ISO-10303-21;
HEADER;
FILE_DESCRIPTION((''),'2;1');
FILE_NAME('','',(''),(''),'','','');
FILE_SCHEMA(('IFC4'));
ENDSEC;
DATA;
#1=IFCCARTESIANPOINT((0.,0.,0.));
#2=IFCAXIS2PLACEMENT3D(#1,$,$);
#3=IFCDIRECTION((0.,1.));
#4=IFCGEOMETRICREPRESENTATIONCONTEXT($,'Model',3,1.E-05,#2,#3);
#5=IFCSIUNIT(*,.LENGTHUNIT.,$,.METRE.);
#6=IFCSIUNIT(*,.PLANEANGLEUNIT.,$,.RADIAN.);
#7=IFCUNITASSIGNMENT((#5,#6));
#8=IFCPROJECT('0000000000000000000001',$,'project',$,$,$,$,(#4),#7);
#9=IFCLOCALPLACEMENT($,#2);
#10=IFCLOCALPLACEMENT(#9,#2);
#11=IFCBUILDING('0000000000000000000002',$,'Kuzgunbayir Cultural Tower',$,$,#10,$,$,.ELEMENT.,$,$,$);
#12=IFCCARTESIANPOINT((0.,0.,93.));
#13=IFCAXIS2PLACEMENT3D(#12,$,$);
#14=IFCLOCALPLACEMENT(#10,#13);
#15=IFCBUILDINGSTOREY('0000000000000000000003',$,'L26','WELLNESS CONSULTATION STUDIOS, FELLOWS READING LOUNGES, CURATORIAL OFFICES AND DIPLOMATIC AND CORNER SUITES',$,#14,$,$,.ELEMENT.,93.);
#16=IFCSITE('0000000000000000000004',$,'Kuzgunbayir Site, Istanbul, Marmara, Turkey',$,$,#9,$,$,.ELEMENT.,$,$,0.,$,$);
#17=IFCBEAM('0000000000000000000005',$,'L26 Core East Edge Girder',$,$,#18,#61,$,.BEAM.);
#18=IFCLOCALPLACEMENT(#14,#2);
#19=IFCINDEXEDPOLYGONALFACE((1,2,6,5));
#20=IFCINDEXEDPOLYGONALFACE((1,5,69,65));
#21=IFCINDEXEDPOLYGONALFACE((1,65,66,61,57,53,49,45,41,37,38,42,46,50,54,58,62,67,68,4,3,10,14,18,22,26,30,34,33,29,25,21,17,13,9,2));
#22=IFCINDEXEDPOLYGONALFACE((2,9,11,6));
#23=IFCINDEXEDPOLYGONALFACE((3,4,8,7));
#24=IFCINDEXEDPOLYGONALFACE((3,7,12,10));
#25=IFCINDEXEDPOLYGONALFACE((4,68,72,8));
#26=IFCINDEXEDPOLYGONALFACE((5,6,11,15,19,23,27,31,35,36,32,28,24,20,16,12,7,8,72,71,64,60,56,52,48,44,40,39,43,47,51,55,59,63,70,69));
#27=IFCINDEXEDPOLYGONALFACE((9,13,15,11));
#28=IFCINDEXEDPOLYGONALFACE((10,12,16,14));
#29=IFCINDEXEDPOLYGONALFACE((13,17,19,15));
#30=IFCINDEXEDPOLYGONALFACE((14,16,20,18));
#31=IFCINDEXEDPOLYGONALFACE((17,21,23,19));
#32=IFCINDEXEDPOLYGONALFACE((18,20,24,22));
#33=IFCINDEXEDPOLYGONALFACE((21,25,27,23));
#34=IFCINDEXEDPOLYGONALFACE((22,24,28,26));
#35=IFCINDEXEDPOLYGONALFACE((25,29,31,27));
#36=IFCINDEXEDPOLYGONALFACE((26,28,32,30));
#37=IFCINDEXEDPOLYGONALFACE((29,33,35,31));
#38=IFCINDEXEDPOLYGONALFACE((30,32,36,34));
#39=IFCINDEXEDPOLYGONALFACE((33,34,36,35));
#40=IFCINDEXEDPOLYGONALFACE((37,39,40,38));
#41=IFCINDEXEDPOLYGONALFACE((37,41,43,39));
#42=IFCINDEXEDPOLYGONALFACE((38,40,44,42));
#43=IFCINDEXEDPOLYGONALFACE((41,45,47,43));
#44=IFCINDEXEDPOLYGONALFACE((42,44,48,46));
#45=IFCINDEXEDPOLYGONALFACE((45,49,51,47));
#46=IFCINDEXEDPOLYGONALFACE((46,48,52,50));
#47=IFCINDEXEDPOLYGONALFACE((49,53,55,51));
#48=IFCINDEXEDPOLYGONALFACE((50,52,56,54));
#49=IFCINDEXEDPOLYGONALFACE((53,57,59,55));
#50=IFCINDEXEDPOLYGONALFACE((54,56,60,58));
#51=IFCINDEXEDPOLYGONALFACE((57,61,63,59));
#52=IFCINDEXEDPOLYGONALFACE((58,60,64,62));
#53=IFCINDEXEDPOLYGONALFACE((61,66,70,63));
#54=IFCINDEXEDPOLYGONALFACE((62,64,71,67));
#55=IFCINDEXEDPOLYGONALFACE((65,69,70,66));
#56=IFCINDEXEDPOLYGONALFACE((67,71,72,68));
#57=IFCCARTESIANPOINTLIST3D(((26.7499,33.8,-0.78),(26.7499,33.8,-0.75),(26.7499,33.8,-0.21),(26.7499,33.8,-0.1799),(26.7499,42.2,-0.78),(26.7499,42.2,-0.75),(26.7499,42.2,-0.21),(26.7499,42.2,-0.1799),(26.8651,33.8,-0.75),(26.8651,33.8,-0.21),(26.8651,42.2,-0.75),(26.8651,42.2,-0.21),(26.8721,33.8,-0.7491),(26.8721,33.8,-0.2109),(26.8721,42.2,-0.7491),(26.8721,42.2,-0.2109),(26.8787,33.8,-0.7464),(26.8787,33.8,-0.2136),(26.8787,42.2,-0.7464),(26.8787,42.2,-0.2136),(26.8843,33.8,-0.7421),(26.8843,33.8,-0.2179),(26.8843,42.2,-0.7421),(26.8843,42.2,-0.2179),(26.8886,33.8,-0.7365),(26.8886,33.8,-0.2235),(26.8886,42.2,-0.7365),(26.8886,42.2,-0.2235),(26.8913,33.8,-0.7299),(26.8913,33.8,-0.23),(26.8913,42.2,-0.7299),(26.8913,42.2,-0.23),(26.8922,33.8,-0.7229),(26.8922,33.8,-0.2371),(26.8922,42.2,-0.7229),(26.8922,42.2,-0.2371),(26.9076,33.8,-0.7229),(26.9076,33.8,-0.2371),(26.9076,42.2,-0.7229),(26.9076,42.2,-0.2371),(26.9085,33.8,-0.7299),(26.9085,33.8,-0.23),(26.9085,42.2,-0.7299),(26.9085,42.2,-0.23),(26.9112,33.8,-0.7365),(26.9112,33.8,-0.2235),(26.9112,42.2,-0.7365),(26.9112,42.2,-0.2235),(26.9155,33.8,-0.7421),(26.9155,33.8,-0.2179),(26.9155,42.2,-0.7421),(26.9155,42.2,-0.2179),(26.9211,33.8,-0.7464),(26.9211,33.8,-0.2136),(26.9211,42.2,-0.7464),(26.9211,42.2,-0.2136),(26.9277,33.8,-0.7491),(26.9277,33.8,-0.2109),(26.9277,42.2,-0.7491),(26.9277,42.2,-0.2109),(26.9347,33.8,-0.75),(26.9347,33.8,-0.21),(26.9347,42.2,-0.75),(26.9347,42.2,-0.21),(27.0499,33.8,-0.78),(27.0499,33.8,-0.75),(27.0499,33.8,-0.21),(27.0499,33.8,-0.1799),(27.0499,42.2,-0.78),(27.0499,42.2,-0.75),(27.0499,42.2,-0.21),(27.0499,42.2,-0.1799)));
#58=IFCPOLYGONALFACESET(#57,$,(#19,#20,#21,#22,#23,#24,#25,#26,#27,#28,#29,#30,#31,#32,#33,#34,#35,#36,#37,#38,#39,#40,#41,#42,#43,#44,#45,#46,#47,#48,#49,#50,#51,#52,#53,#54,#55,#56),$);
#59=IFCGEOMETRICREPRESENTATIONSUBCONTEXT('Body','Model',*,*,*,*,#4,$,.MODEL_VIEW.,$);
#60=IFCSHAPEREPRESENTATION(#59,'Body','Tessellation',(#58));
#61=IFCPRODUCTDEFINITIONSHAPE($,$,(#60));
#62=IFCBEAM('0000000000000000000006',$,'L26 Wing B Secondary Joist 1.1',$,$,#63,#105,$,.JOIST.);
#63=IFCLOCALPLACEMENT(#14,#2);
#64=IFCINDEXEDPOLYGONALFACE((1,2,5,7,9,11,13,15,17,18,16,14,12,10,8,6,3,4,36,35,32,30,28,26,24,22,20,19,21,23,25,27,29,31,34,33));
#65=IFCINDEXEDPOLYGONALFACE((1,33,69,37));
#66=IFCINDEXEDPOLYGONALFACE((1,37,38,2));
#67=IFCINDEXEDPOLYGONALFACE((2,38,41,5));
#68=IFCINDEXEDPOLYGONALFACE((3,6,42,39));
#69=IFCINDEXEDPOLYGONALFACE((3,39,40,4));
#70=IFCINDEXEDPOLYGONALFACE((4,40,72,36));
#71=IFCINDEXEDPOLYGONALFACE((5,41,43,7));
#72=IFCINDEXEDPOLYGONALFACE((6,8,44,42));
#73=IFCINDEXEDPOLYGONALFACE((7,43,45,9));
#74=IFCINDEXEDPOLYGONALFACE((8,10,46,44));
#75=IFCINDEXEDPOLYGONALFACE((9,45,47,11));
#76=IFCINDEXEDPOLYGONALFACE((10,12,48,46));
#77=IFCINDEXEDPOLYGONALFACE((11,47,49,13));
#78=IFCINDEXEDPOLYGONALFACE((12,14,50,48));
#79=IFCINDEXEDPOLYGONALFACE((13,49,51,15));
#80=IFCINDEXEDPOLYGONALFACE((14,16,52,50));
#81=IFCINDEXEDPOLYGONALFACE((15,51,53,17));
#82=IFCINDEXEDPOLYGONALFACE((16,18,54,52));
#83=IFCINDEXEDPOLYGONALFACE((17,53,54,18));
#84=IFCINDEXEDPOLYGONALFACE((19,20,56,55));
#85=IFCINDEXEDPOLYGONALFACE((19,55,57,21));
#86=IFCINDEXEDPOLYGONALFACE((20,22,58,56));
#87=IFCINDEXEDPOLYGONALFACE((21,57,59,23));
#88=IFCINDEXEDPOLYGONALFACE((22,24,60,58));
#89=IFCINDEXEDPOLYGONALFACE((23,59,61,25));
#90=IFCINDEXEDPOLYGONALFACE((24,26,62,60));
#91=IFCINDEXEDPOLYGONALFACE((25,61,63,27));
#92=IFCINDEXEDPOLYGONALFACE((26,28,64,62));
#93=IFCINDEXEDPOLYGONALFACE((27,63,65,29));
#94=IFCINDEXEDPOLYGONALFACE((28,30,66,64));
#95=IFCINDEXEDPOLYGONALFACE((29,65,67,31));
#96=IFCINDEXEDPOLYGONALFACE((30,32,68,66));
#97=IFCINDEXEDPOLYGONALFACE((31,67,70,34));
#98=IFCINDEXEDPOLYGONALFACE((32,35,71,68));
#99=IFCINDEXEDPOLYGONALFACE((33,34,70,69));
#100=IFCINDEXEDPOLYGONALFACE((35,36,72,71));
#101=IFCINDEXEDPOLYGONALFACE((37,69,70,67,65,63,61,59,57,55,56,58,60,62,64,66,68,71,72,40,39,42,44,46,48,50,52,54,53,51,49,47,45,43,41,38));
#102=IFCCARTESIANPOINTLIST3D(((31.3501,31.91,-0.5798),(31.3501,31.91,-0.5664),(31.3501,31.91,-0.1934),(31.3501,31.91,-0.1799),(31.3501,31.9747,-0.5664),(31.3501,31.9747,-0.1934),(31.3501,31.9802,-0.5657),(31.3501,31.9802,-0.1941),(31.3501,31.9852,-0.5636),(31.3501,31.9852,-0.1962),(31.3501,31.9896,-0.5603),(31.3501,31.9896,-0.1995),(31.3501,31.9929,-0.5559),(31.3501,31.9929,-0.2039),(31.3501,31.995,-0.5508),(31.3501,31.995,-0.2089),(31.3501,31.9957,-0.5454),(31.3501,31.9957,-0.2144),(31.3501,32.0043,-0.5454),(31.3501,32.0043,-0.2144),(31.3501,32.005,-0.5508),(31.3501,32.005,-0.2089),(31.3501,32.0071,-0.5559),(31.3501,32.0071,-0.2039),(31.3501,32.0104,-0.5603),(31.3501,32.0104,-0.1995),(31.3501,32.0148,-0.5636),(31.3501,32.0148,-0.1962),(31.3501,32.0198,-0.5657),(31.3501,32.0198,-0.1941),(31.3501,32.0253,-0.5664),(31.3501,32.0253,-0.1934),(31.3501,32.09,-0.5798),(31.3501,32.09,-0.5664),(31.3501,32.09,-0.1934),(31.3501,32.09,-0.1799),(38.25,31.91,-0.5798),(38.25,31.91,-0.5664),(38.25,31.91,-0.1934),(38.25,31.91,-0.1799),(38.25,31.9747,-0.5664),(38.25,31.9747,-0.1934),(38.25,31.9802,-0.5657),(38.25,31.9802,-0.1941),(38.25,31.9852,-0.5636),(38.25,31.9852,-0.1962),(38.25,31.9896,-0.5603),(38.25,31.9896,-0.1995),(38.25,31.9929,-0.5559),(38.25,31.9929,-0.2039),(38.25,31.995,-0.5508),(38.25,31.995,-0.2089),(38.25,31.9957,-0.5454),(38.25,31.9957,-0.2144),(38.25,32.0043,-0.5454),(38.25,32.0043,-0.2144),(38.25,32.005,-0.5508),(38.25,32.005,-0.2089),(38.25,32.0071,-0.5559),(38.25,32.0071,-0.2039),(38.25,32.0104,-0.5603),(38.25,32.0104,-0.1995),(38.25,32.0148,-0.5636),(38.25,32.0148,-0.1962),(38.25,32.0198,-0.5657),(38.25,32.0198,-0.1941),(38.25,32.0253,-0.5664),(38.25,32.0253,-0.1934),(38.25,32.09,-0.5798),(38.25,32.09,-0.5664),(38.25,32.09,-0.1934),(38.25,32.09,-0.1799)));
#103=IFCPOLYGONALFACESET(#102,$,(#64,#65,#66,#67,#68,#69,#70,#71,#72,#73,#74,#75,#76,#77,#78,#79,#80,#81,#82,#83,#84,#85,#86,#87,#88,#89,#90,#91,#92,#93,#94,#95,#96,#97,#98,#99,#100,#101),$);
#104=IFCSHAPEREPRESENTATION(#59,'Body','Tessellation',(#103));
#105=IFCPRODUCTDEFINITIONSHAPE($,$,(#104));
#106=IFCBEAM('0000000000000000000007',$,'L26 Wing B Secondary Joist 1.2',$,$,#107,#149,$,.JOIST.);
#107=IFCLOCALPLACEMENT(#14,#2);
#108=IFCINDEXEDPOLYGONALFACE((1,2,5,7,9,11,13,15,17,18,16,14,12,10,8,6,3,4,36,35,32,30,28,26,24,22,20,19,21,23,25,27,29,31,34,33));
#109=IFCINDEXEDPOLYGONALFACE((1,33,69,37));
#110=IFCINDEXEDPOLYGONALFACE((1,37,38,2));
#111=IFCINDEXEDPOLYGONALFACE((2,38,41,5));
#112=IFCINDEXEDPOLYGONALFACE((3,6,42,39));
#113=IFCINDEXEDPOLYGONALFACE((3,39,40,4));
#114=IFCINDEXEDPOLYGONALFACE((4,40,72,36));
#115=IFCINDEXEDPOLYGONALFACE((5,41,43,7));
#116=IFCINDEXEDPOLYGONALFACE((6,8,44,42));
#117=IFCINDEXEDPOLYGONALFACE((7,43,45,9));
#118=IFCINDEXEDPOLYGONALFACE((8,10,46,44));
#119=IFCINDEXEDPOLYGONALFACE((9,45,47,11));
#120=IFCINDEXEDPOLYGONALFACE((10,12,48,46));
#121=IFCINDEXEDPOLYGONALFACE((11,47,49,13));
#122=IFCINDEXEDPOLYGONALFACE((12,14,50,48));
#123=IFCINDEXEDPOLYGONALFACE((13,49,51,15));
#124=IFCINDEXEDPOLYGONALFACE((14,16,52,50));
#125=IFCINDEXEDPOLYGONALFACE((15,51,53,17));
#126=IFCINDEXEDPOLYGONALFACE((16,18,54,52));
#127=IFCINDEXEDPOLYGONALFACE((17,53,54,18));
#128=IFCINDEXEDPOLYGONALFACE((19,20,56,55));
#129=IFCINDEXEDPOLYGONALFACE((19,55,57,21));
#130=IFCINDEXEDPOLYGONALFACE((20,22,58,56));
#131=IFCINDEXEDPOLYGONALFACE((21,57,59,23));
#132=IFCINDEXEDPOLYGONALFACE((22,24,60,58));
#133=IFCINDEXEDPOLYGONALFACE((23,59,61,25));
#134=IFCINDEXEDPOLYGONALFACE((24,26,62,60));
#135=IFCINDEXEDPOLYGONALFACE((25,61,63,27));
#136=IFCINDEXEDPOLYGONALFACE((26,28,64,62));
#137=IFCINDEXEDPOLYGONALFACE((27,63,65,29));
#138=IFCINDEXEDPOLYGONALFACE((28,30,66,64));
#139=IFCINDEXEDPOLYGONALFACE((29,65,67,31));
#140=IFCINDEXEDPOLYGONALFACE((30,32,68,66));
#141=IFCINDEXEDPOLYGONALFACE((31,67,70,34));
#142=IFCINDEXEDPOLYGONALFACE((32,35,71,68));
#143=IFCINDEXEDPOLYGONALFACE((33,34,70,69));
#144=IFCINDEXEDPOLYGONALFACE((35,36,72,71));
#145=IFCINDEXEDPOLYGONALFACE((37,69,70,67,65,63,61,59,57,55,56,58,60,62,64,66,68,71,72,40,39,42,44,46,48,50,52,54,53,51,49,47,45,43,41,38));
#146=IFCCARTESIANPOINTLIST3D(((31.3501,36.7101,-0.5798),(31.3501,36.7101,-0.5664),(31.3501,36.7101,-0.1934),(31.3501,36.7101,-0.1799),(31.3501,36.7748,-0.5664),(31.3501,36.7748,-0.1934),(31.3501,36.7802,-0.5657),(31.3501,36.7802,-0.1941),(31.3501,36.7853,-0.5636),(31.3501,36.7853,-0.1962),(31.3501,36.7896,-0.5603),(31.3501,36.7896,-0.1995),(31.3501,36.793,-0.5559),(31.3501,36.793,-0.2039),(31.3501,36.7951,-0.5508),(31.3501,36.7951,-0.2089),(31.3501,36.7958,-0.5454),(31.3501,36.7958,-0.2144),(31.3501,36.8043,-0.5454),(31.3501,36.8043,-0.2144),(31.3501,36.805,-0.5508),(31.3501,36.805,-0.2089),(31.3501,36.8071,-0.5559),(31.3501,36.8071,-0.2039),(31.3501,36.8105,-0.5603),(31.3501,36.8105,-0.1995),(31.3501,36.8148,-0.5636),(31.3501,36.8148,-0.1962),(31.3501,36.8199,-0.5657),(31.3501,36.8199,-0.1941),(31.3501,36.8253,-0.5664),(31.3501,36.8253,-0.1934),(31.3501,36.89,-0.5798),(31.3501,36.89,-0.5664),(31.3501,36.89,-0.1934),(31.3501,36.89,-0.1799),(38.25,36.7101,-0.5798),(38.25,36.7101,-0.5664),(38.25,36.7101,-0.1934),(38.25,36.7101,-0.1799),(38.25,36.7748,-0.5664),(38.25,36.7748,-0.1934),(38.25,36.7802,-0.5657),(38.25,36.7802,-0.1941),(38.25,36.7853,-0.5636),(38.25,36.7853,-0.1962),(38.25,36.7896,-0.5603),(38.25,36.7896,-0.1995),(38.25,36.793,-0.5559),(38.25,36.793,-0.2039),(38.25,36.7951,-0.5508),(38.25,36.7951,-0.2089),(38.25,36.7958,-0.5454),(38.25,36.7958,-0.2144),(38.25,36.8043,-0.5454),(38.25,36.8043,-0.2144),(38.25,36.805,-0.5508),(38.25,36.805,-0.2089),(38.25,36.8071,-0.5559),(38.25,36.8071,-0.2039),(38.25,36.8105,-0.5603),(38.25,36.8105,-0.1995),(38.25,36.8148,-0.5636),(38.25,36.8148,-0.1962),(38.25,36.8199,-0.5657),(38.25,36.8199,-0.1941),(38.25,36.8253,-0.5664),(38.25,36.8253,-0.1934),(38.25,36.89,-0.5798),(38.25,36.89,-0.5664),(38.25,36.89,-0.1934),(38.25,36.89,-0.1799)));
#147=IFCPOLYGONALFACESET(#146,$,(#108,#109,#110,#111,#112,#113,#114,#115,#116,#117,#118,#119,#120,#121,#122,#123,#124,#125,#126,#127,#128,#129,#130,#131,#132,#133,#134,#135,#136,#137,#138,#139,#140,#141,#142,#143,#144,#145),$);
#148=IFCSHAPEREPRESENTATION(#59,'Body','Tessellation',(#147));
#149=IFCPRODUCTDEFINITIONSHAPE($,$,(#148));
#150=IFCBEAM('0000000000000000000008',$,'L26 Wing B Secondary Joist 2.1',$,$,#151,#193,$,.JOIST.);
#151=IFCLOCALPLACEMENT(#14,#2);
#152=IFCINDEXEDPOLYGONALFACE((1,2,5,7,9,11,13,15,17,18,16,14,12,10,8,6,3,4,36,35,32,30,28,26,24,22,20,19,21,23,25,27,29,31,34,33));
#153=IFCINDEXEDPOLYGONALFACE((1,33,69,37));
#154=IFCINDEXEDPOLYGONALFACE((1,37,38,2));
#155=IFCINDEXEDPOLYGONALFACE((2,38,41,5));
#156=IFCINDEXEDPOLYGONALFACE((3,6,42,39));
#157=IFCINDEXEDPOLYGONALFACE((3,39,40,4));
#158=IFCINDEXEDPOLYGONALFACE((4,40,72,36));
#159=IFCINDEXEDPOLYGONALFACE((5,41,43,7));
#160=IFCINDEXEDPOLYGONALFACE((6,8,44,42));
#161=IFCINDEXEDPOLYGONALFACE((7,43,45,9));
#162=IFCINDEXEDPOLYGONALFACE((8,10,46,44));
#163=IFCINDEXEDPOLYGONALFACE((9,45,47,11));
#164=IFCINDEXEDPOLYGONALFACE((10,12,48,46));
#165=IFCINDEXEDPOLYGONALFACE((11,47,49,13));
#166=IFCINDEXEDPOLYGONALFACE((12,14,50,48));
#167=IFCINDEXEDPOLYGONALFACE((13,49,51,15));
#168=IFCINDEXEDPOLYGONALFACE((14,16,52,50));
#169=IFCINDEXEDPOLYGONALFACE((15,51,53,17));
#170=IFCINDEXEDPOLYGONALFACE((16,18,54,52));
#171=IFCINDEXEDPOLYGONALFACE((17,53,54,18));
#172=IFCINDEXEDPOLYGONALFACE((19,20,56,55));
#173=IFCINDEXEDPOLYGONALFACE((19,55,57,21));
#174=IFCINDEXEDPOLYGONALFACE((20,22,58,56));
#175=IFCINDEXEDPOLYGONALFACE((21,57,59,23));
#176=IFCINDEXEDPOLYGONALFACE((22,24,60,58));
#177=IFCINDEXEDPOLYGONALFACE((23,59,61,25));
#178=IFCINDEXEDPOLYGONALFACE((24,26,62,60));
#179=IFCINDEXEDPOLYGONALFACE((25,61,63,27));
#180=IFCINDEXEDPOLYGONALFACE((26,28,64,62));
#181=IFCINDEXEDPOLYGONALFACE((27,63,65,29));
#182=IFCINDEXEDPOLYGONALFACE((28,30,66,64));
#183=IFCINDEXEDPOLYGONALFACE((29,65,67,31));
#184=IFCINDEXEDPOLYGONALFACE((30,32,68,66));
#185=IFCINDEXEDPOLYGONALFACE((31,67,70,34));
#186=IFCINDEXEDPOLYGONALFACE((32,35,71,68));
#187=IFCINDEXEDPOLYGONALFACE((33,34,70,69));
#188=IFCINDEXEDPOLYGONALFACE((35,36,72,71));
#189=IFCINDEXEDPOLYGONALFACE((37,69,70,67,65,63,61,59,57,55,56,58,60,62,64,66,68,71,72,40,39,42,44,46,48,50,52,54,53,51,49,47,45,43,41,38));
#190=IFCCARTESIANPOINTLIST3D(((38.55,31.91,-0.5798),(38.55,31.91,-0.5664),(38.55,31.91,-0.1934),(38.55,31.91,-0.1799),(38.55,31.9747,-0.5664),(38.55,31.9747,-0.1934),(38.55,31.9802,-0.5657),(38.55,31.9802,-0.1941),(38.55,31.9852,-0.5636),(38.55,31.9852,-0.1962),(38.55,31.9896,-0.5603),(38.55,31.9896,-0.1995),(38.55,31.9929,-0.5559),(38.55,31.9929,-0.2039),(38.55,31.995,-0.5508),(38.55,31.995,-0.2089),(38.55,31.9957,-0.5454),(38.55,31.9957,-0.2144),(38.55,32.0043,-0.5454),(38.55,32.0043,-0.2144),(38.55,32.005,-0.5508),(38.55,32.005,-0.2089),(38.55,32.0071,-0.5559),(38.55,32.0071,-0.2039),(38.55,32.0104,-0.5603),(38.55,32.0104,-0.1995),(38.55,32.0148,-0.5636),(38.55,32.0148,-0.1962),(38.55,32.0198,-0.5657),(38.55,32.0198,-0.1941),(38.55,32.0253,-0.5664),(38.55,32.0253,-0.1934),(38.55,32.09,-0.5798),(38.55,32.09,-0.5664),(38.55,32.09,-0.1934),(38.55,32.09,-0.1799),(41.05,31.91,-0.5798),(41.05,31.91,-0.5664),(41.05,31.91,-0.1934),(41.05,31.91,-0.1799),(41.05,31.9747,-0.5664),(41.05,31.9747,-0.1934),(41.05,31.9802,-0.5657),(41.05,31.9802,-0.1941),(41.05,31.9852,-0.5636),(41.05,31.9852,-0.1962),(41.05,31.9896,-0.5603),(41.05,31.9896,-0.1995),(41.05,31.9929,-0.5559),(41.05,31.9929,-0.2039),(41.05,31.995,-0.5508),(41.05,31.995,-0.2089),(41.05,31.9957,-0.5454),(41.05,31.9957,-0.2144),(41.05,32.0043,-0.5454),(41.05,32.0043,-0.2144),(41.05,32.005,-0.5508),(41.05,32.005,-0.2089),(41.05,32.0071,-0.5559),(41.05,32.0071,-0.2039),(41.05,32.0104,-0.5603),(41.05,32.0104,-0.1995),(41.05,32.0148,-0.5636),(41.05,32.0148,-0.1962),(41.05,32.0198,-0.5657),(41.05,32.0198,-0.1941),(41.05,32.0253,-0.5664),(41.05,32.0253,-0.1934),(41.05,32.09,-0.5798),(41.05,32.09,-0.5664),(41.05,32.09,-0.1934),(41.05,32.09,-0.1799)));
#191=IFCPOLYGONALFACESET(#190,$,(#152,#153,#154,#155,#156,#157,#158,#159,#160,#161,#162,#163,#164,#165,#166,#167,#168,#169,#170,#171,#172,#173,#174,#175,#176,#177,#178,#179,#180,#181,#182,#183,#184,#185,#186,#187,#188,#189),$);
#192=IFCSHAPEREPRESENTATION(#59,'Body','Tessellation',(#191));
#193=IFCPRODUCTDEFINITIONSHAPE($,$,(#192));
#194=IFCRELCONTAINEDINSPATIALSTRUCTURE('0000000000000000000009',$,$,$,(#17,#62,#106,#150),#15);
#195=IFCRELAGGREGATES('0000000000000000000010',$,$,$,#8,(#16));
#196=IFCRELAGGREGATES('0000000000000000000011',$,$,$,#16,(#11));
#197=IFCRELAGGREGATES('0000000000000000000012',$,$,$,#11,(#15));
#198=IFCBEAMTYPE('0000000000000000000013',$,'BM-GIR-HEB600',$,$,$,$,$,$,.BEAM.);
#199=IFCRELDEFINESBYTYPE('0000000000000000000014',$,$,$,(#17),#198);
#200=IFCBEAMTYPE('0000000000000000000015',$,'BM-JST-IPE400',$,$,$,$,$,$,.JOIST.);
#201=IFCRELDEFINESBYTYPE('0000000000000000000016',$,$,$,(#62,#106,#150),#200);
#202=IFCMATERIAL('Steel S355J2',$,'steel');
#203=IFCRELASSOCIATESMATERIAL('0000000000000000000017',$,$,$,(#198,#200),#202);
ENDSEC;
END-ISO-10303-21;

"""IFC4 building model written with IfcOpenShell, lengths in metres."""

from ifc_helpers import new_model, si_unit, direction, frame, origin, origin_2d, place, context, subcontext, project, spatial, i_section, extrude, material, material_profile, profile_set, type_object, element, save


model = new_model("IFC4")

# Units and contexts
model_context = context("Model", 3, precision=1e-05, world=origin(), true_north=direction((0.0, 1.0)))
body_context = subcontext(model_context, "Body", "Model", "MODEL_VIEW")
ifc_project = project(units=[si_unit("LENGTHUNIT", "METRE"), si_unit("PLANEANGLEUNIT", "RADIAN")], contexts=[model_context])

# Site, building, storey
site_placement = place(None, origin())
site = spatial("IfcSite", under=ifc_project, at=site_placement, Name="Kuzgunbayir Site, Istanbul, Marmara, Turkey", CompositionType="ELEMENT", RefElevation=0.0)
building_placement = place(site_placement, origin())
building = spatial("IfcBuilding", under=site, at=building_placement, Name="Kuzgunbayir Cultural Tower", CompositionType="ELEMENT")
storey_placement = place(building_placement, frame((0.0, 0.0, 93.0)))
storey = spatial("IfcBuildingStorey", under=building, at=storey_placement, Name="L26", Description="WELLNESS CONSULTATION STUDIOS, FELLOWS READING LOUNGES, CURATORIAL OFFICES AND DIPLOMATIC AND CORNER SUITES", CompositionType="ELEMENT", Elevation=93.0)

# Beams
ifc_material_1 = material(Name="Steel S355J2", Category="steel")
ifc_material_profile_1 = material_profile(ifc_material_1, i_section(OverallWidth=0.3, OverallDepth=0.6001, WebThickness=0.0154, FlangeThickness=0.03, FilletRadius=0.0271, at=origin_2d()), Name="HEB 600")
ifc_profile_set_1 = profile_set([ifc_material_profile_1], Name="Steel S355J2")
beam_type_1 = type_object("IfcBeamType", Name="BM-GIR-HEB600", PredefinedType="BEAM", material=ifc_profile_set_1)
beam_1_placement = place(storey_placement, frame((26.8999, 33.8, -0.48), z_axis=(0.0, 1.0, 0.0), x_axis=(-1.0, 0.0, 0.0)))
element("IfcBeam", 1, at=beam_1_placement, inside=storey, type_object=beam_type_1, Name="L26 Core East Edge Girder", PredefinedType="BEAM", context=body_context, shape_type="SweptSolid", body=[
    extrude(i_section(OverallWidth=0.3, OverallDepth=0.6001, WebThickness=0.0154, FlangeThickness=0.03, FilletRadius=0.0271, at=origin_2d()), origin(), (0.0, 0.0, 1.0), 8.3999),
])
ifc_material_profile_2 = material_profile(ifc_material_1, i_section(OverallWidth=0.1799, OverallDepth=0.3999, WebThickness=0.0085, FlangeThickness=0.0134, FilletRadius=0.021, at=origin_2d()), Name="IPE 400")
ifc_profile_set_2 = profile_set([ifc_material_profile_2], Name="Steel S355J2")
beam_type_2 = type_object("IfcBeamType", Name="BM-JST-IPE400", PredefinedType="JOIST", material=ifc_profile_set_2)
for number, where, z_axis, x_axis, name in (
    (2, (31.3501, 32.0, -0.3799), (1.0, 0.0, 0.0), (0.0, 1.0, 0.0), "L26 Wing B Secondary Joist 1.1"),
    (3, (31.3501, 36.8, -0.3799), (1.0, 0.0, 0.0), (0.0, 1.0, 0.0), "L26 Wing B Secondary Joist 1.2"),
):
    element("IfcBeam", number, at=place(storey_placement, frame(where, z_axis=z_axis, x_axis=x_axis)), inside=storey, type_object=beam_type_2, Name=name, PredefinedType="JOIST", context=body_context, shape_type="SweptSolid", body=[
        extrude(i_section(OverallWidth=0.1799, OverallDepth=0.3999, WebThickness=0.0085, FlangeThickness=0.0134, FilletRadius=0.021, at=origin_2d()), origin(), (0.0, 0.0, 1.0), 6.8999),
    ])
for number, where, z_axis, x_axis, name in (
    (4, (38.55, 32.0, -0.3799), (1.0, 0.0, 0.0), (0.0, 1.0, 0.0), "L26 Wing B Secondary Joist 2.1"),
):
    element("IfcBeam", number, at=place(storey_placement, frame(where, z_axis=z_axis, x_axis=x_axis)), inside=storey, type_object=beam_type_2, Name=name, PredefinedType="JOIST", context=body_context, shape_type="SweptSolid", body=[
        extrude(i_section(OverallWidth=0.1799, OverallDepth=0.3999, WebThickness=0.0085, FlangeThickness=0.0134, FilletRadius=0.021, at=origin_2d()), origin(), (0.0, 0.0, 1.0), 2.5),
    ])

save(model, "model.ifc")
